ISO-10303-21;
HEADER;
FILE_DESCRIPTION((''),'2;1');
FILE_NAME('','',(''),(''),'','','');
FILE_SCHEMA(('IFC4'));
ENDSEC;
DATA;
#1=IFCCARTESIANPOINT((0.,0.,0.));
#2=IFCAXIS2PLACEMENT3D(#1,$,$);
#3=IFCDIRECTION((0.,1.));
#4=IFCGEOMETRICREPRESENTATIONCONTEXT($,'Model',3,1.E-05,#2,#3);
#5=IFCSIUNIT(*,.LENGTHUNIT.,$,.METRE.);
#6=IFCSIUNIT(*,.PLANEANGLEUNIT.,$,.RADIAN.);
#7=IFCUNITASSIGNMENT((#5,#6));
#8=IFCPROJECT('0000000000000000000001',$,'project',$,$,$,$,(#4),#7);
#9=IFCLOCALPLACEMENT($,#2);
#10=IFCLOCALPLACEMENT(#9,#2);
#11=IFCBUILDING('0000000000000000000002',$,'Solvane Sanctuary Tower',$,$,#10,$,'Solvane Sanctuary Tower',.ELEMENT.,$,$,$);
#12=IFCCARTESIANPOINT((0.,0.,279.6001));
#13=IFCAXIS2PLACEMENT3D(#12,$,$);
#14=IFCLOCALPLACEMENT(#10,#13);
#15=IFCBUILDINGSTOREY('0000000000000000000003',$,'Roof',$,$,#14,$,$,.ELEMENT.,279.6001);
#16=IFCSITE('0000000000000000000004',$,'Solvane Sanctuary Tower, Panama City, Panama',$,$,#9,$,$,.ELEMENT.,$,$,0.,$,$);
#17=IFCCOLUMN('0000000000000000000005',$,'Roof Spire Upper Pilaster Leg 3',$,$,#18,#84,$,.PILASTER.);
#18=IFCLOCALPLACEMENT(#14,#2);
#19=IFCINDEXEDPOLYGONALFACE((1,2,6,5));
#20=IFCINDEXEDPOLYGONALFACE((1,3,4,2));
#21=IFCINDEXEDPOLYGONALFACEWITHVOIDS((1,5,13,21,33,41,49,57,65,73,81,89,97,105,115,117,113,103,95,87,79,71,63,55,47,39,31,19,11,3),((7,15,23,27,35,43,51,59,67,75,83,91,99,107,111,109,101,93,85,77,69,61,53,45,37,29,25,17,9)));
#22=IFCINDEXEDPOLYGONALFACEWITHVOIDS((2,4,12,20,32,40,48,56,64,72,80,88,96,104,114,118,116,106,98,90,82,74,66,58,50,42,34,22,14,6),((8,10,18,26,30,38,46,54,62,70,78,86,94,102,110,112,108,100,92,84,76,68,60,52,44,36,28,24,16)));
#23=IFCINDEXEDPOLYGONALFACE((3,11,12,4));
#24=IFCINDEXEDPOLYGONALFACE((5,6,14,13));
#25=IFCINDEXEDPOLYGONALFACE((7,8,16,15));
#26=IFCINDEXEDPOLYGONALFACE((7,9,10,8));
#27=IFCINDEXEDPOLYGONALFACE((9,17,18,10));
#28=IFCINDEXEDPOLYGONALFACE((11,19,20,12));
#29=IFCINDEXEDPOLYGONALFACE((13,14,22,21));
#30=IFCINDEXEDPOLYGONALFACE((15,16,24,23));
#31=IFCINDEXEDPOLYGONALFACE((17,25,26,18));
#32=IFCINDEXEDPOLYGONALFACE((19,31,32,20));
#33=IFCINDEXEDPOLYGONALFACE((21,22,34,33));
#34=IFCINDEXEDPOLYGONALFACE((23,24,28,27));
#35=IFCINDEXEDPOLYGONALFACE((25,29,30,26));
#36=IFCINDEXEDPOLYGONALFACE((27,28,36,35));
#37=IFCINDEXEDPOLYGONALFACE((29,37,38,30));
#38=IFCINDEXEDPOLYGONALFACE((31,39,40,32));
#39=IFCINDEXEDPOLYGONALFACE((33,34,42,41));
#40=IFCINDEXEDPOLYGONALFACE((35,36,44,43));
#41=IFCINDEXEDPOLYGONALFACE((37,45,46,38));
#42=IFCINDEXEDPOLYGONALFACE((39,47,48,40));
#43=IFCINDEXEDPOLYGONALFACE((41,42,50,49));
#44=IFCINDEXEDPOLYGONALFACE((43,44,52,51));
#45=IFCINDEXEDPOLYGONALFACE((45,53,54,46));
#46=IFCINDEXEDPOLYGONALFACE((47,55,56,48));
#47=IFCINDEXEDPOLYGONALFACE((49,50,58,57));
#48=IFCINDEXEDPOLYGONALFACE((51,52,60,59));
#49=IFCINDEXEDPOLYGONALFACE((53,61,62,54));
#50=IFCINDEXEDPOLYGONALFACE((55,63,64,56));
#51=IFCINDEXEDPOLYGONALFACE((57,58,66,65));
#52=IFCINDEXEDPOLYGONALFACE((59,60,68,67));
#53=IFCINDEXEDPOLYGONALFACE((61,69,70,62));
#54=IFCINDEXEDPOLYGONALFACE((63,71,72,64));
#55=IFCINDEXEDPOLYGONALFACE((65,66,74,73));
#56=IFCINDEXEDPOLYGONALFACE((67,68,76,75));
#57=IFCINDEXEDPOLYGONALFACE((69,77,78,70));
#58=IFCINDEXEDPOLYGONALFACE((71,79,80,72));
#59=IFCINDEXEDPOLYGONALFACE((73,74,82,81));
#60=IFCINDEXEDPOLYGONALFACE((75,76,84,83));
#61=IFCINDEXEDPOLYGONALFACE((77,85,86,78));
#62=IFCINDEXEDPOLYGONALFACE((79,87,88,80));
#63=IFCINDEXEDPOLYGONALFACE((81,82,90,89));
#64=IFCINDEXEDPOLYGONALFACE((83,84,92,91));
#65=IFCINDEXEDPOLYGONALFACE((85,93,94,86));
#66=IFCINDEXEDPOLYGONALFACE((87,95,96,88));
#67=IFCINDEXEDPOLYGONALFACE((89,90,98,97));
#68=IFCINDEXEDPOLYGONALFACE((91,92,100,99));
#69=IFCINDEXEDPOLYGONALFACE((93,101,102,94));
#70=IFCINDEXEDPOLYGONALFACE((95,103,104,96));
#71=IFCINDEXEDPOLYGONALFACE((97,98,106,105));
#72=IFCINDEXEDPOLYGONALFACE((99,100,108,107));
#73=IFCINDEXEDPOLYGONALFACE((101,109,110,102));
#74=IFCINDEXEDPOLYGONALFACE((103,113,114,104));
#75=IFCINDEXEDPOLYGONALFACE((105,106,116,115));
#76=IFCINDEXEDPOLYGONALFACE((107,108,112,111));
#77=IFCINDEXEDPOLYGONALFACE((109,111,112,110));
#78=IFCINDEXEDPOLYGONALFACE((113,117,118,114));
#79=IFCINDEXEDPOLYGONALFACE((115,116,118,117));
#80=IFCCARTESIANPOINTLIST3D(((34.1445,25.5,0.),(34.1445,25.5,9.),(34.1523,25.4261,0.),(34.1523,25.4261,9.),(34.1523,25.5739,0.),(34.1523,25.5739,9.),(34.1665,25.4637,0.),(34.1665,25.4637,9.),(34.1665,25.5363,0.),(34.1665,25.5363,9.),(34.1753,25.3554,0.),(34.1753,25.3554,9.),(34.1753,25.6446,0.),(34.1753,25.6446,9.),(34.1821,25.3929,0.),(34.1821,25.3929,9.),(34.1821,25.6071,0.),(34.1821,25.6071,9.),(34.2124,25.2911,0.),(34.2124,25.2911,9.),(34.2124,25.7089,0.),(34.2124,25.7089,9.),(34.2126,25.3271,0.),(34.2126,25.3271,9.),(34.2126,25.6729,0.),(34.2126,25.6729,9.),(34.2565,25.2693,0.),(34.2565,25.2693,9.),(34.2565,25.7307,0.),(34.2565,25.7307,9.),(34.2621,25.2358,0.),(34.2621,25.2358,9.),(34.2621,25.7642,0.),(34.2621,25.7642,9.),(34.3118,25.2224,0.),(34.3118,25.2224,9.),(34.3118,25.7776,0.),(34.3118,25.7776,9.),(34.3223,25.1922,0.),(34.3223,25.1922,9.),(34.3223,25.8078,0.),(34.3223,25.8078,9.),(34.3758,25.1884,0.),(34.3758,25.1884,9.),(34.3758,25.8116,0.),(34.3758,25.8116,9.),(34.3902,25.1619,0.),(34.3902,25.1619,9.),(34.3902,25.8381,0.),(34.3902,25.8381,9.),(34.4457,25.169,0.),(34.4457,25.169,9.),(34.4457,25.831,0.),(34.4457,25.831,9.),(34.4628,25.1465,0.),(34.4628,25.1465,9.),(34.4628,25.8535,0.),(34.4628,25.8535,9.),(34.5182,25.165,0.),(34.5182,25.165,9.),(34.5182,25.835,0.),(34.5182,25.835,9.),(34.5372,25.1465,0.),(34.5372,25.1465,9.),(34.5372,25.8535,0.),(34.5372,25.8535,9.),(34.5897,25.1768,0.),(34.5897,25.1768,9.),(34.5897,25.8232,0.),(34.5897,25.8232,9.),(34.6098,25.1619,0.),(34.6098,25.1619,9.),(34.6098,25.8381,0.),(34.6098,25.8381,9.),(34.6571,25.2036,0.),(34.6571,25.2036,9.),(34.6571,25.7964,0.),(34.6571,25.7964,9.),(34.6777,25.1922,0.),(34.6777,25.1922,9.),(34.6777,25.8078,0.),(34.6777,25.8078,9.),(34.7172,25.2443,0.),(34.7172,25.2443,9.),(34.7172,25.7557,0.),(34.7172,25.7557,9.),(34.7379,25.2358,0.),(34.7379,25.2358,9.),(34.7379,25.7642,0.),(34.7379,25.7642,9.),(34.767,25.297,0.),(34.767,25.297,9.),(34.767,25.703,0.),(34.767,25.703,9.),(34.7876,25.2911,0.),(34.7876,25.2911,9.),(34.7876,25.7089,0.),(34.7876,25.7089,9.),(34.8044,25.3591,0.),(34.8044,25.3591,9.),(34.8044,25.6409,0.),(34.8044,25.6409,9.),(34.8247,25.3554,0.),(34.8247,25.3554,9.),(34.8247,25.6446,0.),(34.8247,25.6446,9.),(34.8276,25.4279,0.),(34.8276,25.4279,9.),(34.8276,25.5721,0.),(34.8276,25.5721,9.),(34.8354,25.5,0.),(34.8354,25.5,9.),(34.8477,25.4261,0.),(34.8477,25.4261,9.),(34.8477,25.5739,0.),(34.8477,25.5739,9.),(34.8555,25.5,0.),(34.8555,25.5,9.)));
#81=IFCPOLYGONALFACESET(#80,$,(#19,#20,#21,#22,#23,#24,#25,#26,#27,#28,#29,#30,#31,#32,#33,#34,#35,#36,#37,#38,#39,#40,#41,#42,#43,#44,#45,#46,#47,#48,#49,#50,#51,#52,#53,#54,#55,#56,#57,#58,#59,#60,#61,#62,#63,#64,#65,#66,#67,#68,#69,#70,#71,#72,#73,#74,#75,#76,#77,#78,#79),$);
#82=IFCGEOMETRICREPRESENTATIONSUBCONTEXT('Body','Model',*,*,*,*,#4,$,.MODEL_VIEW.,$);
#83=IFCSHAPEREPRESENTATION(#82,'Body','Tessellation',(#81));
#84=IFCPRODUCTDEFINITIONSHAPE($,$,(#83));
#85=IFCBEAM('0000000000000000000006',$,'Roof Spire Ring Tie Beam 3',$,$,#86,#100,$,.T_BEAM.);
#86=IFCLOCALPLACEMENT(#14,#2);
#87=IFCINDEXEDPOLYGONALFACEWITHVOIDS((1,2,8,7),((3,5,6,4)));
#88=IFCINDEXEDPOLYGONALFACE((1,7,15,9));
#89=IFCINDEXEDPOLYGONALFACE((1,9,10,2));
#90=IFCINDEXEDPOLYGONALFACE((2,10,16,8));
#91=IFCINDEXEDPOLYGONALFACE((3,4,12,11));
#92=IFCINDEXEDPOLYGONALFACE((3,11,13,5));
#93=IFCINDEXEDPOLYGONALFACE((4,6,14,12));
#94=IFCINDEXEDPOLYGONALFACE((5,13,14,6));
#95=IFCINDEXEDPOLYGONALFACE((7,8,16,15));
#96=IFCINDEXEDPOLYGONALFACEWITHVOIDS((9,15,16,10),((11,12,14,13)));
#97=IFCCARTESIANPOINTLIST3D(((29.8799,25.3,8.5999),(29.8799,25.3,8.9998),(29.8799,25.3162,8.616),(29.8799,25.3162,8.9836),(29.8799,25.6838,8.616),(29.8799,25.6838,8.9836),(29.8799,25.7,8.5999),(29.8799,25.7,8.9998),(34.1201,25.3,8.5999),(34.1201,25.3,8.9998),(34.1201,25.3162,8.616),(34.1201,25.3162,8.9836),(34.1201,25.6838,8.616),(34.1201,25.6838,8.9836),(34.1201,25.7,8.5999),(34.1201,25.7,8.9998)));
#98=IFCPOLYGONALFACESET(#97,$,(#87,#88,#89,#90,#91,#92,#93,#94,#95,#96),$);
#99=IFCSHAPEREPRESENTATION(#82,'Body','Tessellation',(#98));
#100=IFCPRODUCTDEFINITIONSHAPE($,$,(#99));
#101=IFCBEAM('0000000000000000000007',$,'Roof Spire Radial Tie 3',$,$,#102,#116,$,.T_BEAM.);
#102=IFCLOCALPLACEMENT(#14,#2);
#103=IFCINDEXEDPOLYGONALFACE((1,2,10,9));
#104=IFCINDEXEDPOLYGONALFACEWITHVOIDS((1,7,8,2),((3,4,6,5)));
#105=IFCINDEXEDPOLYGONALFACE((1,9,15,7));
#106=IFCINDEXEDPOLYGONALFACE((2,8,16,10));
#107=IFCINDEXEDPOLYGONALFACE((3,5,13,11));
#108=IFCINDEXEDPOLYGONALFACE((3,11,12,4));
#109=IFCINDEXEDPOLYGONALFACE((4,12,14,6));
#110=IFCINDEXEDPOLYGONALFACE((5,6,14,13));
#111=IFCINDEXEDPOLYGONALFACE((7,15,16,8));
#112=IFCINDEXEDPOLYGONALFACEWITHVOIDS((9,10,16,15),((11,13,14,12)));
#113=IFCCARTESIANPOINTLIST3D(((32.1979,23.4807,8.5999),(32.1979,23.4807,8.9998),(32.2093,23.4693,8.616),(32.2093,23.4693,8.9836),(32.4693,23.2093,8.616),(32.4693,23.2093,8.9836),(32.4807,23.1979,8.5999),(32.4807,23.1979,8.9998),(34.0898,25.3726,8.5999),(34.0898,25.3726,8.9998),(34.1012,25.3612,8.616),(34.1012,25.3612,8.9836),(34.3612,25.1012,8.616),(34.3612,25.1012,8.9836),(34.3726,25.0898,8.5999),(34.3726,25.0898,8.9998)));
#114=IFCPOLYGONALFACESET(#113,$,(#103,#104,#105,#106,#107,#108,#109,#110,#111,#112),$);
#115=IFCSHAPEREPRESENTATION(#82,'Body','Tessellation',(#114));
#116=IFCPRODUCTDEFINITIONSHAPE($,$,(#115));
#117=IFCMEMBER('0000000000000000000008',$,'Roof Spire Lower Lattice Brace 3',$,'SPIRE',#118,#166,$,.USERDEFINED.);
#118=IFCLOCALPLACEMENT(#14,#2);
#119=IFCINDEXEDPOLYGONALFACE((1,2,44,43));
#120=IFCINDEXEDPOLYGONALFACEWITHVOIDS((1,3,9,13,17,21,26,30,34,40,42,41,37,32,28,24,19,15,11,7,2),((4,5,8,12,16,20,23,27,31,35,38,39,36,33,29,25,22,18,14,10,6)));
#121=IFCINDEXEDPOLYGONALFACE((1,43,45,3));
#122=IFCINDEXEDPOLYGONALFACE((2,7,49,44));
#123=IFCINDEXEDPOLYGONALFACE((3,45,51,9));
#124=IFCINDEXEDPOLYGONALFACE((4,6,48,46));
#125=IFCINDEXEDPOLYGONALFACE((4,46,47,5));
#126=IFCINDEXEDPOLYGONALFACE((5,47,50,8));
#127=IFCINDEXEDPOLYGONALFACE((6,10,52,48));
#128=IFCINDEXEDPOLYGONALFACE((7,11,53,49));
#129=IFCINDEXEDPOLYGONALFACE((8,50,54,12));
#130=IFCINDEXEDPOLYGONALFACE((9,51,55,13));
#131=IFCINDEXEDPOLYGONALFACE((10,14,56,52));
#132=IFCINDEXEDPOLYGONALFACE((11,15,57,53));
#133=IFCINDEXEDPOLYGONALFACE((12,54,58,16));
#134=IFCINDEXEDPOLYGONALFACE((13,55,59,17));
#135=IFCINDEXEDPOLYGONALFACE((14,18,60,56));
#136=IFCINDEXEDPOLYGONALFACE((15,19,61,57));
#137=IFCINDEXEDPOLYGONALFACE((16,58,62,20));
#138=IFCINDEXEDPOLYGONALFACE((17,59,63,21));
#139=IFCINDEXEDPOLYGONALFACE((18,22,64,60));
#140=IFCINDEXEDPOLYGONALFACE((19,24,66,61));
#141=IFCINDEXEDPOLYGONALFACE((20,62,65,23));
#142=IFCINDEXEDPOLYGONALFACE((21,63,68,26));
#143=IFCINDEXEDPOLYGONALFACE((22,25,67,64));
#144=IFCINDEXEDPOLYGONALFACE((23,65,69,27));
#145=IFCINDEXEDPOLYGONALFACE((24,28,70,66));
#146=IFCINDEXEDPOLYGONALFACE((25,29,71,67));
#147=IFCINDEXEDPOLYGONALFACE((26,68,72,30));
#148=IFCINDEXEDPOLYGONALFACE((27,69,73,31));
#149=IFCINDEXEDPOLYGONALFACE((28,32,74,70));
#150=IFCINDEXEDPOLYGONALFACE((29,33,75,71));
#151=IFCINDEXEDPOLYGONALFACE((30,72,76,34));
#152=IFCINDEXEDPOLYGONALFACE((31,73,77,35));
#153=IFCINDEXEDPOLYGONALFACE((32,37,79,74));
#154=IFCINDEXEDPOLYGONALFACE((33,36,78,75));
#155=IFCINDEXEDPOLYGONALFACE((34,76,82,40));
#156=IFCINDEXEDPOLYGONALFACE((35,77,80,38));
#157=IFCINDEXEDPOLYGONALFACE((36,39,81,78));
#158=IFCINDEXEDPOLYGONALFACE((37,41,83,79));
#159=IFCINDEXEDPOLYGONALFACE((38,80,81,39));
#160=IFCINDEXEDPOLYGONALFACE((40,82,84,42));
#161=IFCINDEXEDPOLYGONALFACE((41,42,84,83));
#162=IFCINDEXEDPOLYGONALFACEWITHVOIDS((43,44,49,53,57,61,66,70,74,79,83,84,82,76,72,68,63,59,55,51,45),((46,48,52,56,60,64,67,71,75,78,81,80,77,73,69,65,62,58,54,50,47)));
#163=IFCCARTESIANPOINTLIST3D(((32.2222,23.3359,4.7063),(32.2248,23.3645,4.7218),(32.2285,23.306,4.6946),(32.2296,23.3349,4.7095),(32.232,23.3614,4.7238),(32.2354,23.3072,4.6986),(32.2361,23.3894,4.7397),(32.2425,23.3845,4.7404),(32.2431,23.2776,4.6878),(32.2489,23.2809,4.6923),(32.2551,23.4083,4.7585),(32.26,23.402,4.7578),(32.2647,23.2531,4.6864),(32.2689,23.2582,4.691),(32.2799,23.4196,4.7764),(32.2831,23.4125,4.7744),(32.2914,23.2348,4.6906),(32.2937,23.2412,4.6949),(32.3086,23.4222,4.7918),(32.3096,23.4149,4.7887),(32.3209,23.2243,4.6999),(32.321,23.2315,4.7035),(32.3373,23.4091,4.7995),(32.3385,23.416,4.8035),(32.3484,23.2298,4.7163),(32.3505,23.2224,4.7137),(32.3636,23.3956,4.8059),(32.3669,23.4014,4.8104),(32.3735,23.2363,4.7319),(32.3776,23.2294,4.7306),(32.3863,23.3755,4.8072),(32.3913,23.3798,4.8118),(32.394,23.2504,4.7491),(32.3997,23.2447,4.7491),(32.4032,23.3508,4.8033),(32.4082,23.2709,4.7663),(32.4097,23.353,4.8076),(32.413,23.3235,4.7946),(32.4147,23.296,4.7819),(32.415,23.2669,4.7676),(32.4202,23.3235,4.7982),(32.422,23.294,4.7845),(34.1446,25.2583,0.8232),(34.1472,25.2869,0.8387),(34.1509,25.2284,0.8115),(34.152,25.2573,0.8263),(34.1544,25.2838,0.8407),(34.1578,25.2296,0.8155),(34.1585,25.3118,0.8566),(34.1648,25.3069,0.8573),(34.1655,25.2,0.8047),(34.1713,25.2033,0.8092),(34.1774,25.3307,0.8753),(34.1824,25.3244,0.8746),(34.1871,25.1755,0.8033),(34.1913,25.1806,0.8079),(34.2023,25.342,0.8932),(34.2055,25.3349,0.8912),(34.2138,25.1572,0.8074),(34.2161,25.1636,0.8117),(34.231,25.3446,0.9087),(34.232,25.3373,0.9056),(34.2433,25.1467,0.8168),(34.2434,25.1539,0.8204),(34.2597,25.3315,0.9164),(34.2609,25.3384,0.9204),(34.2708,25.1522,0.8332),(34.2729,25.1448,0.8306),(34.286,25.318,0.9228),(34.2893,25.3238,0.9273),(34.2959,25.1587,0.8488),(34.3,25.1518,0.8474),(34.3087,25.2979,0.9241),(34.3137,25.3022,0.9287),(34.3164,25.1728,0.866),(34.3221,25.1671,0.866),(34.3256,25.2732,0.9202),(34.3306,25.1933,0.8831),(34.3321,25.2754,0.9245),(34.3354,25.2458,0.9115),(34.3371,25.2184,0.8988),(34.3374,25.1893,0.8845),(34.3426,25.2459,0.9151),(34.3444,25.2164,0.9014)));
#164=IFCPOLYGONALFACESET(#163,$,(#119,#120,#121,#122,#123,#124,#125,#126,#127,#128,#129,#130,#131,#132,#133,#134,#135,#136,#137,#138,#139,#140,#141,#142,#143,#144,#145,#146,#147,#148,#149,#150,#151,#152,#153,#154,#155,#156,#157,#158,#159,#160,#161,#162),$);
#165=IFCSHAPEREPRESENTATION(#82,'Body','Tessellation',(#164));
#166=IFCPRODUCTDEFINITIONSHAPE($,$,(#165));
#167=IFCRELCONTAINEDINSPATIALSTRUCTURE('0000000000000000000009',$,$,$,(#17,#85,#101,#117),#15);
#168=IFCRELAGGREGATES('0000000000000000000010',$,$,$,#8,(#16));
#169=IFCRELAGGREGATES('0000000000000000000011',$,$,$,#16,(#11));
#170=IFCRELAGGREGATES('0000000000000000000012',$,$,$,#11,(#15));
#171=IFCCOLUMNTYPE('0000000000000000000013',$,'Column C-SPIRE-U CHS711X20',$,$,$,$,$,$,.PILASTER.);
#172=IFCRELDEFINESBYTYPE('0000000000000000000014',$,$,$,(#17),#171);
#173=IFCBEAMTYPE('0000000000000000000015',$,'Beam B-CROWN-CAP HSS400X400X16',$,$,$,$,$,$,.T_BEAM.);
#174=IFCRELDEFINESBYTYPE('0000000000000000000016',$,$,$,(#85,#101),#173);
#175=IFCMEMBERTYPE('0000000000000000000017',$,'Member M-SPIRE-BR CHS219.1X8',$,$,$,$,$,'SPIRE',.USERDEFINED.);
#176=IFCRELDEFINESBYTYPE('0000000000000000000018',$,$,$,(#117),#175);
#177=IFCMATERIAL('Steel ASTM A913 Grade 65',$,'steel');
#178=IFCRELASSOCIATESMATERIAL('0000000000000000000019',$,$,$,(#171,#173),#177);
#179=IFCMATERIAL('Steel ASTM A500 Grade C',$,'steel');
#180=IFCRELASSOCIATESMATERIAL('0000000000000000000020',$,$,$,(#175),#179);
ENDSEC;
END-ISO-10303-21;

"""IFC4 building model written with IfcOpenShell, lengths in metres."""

from ifc_helpers import new_model, si_unit, direction, frame, origin, origin_2d, place, context, subcontext, project, spatial, hollow_rectangle, hollow_circle, extrude, material, material_profile, profile_set, type_object, element, save


model = new_model("IFC4")

# Units and contexts
model_context = context("Model", 3, precision=1e-05, world=origin(), true_north=direction((0.0, 1.0)))
body_context = subcontext(model_context, "Body", "Model", "MODEL_VIEW")
ifc_project = project(units=[si_unit("LENGTHUNIT", "METRE"), si_unit("PLANEANGLEUNIT", "RADIAN")], contexts=[model_context])

# Site, building, storey
site_placement = place(None, origin())
site = spatial("IfcSite", under=ifc_project, at=site_placement, Name="Solvane Sanctuary Tower, Panama City, Panama", CompositionType="ELEMENT", RefElevation=0.0)
building_placement = place(site_placement, origin())
building = spatial("IfcBuilding", under=site, at=building_placement, Name="Solvane Sanctuary Tower", LongName="Solvane Sanctuary Tower", CompositionType="ELEMENT")
storey_placement = place(building_placement, frame((0.0, 0.0, 279.6001)))
storey = spatial("IfcBuildingStorey", under=building, at=storey_placement, Name="Roof", CompositionType="ELEMENT", Elevation=279.6001)

# Column
ifc_material_1 = material(Name="Steel ASTM A913 Grade 65", Category="steel")
ifc_material_profile_1 = material_profile(ifc_material_1, hollow_circle(Radius=0.3555, WallThickness=0.02, at=origin_2d()), Name="CHS711X20")
ifc_profile_set_1 = profile_set([ifc_material_profile_1], Name="Steel ASTM A913 Grade 65")
column_type = type_object("IfcColumnType", Name="Column C-SPIRE-U CHS711X20", PredefinedType="PILASTER", material=ifc_profile_set_1)
column_placement = place(storey_placement, frame((34.5, 25.5, 0.0), z_axis=(0.0, 0.0, 1.0), x_axis=(1.0, 0.0, 0.0)))
element("IfcColumn", 1, at=column_placement, inside=storey, type_object=column_type, Name="Roof Spire Upper Pilaster Leg 3", PredefinedType="PILASTER", context=body_context, shape_type="SweptSolid", body=[
    extrude(hollow_circle(Radius=0.3555, WallThickness=0.02, at=origin_2d()), origin(), (0.0, 0.0, 1.0), 9.0),
])

# Beams
ifc_material_profile_2 = material_profile(ifc_material_1, hollow_rectangle(XDim=0.3999, YDim=0.3999, WallThickness=0.0161, at=origin_2d()), Name="HSS400X400X16")
ifc_profile_set_2 = profile_set([ifc_material_profile_2], Name="Steel ASTM A913 Grade 65")
beam_type = type_object("IfcBeamType", Name="Beam B-CROWN-CAP HSS400X400X16", PredefinedType="T_BEAM", material=ifc_profile_set_2)
beam_1_placement = place(storey_placement, frame((34.1201, 25.5, 8.7998), z_axis=(-1.0, 0.0, 0.0), x_axis=(0.0, -1.0, 0.0)))
element("IfcBeam", 2, at=beam_1_placement, inside=storey, type_object=beam_type, Name="Roof Spire Ring Tie Beam 3", PredefinedType="T_BEAM", context=body_context, shape_type="SweptSolid", body=[
    extrude(hollow_rectangle(XDim=0.3999, YDim=0.3999, WallThickness=0.0161, at=origin_2d()), origin(), (0.0, 0.0, 1.0), 4.2402),
])
beam_2_placement = place(storey_placement, frame((34.2312, 25.2312, 8.7998), z_axis=(-0.707107, -0.707107, 0.0), x_axis=(0.707107, -0.707107, 0.0)))
element("IfcBeam", 3, at=beam_2_placement, inside=storey, type_object=beam_type, Name="Roof Spire Radial Tie 3", PredefinedType="T_BEAM", context=body_context, shape_type="SweptSolid", body=[
    extrude(hollow_rectangle(XDim=0.3999, YDim=0.3999, WallThickness=0.0161, at=origin_2d()), origin(), (0.0, 0.0, 1.0), 2.6755),
])

# Member
ifc_material_2 = material(Name="Steel ASTM A500 Grade C", Category="steel")
ifc_material_profile_3 = material_profile(ifc_material_2, hollow_circle(Radius=0.1096, WallThickness=0.0081, at=origin_2d()), Name="CHS219.1X8")
ifc_profile_set_3 = profile_set([ifc_material_profile_3], Name="Steel ASTM A500 Grade C")
member_type_1 = type_object("IfcMemberType", Name="Member M-SPIRE-BR CHS219.1X8", ElementType="SPIRE", PredefinedType="USERDEFINED", material=ifc_profile_set_3)
member_1_placement = place(storey_placement, frame((34.2446, 25.2446, 0.866), z_axis=(-0.405548, -0.405548, 0.819183), x_axis=(0.707107, -0.707107, 0.0)))
element("IfcMember", 4, at=member_1_placement, inside=storey, type_object=member_type_1, Name="Roof Spire Lower Lattice Brace 3", ObjectType="SPIRE", PredefinedType="USERDEFINED", context=body_context, shape_type="SweptSolid", body=[
    extrude(hollow_circle(Radius=0.1096, WallThickness=0.0081, at=origin_2d()), origin(), (0.0, 0.0, 1.0), 4.7402),
])

save(model, "model.ifc")
